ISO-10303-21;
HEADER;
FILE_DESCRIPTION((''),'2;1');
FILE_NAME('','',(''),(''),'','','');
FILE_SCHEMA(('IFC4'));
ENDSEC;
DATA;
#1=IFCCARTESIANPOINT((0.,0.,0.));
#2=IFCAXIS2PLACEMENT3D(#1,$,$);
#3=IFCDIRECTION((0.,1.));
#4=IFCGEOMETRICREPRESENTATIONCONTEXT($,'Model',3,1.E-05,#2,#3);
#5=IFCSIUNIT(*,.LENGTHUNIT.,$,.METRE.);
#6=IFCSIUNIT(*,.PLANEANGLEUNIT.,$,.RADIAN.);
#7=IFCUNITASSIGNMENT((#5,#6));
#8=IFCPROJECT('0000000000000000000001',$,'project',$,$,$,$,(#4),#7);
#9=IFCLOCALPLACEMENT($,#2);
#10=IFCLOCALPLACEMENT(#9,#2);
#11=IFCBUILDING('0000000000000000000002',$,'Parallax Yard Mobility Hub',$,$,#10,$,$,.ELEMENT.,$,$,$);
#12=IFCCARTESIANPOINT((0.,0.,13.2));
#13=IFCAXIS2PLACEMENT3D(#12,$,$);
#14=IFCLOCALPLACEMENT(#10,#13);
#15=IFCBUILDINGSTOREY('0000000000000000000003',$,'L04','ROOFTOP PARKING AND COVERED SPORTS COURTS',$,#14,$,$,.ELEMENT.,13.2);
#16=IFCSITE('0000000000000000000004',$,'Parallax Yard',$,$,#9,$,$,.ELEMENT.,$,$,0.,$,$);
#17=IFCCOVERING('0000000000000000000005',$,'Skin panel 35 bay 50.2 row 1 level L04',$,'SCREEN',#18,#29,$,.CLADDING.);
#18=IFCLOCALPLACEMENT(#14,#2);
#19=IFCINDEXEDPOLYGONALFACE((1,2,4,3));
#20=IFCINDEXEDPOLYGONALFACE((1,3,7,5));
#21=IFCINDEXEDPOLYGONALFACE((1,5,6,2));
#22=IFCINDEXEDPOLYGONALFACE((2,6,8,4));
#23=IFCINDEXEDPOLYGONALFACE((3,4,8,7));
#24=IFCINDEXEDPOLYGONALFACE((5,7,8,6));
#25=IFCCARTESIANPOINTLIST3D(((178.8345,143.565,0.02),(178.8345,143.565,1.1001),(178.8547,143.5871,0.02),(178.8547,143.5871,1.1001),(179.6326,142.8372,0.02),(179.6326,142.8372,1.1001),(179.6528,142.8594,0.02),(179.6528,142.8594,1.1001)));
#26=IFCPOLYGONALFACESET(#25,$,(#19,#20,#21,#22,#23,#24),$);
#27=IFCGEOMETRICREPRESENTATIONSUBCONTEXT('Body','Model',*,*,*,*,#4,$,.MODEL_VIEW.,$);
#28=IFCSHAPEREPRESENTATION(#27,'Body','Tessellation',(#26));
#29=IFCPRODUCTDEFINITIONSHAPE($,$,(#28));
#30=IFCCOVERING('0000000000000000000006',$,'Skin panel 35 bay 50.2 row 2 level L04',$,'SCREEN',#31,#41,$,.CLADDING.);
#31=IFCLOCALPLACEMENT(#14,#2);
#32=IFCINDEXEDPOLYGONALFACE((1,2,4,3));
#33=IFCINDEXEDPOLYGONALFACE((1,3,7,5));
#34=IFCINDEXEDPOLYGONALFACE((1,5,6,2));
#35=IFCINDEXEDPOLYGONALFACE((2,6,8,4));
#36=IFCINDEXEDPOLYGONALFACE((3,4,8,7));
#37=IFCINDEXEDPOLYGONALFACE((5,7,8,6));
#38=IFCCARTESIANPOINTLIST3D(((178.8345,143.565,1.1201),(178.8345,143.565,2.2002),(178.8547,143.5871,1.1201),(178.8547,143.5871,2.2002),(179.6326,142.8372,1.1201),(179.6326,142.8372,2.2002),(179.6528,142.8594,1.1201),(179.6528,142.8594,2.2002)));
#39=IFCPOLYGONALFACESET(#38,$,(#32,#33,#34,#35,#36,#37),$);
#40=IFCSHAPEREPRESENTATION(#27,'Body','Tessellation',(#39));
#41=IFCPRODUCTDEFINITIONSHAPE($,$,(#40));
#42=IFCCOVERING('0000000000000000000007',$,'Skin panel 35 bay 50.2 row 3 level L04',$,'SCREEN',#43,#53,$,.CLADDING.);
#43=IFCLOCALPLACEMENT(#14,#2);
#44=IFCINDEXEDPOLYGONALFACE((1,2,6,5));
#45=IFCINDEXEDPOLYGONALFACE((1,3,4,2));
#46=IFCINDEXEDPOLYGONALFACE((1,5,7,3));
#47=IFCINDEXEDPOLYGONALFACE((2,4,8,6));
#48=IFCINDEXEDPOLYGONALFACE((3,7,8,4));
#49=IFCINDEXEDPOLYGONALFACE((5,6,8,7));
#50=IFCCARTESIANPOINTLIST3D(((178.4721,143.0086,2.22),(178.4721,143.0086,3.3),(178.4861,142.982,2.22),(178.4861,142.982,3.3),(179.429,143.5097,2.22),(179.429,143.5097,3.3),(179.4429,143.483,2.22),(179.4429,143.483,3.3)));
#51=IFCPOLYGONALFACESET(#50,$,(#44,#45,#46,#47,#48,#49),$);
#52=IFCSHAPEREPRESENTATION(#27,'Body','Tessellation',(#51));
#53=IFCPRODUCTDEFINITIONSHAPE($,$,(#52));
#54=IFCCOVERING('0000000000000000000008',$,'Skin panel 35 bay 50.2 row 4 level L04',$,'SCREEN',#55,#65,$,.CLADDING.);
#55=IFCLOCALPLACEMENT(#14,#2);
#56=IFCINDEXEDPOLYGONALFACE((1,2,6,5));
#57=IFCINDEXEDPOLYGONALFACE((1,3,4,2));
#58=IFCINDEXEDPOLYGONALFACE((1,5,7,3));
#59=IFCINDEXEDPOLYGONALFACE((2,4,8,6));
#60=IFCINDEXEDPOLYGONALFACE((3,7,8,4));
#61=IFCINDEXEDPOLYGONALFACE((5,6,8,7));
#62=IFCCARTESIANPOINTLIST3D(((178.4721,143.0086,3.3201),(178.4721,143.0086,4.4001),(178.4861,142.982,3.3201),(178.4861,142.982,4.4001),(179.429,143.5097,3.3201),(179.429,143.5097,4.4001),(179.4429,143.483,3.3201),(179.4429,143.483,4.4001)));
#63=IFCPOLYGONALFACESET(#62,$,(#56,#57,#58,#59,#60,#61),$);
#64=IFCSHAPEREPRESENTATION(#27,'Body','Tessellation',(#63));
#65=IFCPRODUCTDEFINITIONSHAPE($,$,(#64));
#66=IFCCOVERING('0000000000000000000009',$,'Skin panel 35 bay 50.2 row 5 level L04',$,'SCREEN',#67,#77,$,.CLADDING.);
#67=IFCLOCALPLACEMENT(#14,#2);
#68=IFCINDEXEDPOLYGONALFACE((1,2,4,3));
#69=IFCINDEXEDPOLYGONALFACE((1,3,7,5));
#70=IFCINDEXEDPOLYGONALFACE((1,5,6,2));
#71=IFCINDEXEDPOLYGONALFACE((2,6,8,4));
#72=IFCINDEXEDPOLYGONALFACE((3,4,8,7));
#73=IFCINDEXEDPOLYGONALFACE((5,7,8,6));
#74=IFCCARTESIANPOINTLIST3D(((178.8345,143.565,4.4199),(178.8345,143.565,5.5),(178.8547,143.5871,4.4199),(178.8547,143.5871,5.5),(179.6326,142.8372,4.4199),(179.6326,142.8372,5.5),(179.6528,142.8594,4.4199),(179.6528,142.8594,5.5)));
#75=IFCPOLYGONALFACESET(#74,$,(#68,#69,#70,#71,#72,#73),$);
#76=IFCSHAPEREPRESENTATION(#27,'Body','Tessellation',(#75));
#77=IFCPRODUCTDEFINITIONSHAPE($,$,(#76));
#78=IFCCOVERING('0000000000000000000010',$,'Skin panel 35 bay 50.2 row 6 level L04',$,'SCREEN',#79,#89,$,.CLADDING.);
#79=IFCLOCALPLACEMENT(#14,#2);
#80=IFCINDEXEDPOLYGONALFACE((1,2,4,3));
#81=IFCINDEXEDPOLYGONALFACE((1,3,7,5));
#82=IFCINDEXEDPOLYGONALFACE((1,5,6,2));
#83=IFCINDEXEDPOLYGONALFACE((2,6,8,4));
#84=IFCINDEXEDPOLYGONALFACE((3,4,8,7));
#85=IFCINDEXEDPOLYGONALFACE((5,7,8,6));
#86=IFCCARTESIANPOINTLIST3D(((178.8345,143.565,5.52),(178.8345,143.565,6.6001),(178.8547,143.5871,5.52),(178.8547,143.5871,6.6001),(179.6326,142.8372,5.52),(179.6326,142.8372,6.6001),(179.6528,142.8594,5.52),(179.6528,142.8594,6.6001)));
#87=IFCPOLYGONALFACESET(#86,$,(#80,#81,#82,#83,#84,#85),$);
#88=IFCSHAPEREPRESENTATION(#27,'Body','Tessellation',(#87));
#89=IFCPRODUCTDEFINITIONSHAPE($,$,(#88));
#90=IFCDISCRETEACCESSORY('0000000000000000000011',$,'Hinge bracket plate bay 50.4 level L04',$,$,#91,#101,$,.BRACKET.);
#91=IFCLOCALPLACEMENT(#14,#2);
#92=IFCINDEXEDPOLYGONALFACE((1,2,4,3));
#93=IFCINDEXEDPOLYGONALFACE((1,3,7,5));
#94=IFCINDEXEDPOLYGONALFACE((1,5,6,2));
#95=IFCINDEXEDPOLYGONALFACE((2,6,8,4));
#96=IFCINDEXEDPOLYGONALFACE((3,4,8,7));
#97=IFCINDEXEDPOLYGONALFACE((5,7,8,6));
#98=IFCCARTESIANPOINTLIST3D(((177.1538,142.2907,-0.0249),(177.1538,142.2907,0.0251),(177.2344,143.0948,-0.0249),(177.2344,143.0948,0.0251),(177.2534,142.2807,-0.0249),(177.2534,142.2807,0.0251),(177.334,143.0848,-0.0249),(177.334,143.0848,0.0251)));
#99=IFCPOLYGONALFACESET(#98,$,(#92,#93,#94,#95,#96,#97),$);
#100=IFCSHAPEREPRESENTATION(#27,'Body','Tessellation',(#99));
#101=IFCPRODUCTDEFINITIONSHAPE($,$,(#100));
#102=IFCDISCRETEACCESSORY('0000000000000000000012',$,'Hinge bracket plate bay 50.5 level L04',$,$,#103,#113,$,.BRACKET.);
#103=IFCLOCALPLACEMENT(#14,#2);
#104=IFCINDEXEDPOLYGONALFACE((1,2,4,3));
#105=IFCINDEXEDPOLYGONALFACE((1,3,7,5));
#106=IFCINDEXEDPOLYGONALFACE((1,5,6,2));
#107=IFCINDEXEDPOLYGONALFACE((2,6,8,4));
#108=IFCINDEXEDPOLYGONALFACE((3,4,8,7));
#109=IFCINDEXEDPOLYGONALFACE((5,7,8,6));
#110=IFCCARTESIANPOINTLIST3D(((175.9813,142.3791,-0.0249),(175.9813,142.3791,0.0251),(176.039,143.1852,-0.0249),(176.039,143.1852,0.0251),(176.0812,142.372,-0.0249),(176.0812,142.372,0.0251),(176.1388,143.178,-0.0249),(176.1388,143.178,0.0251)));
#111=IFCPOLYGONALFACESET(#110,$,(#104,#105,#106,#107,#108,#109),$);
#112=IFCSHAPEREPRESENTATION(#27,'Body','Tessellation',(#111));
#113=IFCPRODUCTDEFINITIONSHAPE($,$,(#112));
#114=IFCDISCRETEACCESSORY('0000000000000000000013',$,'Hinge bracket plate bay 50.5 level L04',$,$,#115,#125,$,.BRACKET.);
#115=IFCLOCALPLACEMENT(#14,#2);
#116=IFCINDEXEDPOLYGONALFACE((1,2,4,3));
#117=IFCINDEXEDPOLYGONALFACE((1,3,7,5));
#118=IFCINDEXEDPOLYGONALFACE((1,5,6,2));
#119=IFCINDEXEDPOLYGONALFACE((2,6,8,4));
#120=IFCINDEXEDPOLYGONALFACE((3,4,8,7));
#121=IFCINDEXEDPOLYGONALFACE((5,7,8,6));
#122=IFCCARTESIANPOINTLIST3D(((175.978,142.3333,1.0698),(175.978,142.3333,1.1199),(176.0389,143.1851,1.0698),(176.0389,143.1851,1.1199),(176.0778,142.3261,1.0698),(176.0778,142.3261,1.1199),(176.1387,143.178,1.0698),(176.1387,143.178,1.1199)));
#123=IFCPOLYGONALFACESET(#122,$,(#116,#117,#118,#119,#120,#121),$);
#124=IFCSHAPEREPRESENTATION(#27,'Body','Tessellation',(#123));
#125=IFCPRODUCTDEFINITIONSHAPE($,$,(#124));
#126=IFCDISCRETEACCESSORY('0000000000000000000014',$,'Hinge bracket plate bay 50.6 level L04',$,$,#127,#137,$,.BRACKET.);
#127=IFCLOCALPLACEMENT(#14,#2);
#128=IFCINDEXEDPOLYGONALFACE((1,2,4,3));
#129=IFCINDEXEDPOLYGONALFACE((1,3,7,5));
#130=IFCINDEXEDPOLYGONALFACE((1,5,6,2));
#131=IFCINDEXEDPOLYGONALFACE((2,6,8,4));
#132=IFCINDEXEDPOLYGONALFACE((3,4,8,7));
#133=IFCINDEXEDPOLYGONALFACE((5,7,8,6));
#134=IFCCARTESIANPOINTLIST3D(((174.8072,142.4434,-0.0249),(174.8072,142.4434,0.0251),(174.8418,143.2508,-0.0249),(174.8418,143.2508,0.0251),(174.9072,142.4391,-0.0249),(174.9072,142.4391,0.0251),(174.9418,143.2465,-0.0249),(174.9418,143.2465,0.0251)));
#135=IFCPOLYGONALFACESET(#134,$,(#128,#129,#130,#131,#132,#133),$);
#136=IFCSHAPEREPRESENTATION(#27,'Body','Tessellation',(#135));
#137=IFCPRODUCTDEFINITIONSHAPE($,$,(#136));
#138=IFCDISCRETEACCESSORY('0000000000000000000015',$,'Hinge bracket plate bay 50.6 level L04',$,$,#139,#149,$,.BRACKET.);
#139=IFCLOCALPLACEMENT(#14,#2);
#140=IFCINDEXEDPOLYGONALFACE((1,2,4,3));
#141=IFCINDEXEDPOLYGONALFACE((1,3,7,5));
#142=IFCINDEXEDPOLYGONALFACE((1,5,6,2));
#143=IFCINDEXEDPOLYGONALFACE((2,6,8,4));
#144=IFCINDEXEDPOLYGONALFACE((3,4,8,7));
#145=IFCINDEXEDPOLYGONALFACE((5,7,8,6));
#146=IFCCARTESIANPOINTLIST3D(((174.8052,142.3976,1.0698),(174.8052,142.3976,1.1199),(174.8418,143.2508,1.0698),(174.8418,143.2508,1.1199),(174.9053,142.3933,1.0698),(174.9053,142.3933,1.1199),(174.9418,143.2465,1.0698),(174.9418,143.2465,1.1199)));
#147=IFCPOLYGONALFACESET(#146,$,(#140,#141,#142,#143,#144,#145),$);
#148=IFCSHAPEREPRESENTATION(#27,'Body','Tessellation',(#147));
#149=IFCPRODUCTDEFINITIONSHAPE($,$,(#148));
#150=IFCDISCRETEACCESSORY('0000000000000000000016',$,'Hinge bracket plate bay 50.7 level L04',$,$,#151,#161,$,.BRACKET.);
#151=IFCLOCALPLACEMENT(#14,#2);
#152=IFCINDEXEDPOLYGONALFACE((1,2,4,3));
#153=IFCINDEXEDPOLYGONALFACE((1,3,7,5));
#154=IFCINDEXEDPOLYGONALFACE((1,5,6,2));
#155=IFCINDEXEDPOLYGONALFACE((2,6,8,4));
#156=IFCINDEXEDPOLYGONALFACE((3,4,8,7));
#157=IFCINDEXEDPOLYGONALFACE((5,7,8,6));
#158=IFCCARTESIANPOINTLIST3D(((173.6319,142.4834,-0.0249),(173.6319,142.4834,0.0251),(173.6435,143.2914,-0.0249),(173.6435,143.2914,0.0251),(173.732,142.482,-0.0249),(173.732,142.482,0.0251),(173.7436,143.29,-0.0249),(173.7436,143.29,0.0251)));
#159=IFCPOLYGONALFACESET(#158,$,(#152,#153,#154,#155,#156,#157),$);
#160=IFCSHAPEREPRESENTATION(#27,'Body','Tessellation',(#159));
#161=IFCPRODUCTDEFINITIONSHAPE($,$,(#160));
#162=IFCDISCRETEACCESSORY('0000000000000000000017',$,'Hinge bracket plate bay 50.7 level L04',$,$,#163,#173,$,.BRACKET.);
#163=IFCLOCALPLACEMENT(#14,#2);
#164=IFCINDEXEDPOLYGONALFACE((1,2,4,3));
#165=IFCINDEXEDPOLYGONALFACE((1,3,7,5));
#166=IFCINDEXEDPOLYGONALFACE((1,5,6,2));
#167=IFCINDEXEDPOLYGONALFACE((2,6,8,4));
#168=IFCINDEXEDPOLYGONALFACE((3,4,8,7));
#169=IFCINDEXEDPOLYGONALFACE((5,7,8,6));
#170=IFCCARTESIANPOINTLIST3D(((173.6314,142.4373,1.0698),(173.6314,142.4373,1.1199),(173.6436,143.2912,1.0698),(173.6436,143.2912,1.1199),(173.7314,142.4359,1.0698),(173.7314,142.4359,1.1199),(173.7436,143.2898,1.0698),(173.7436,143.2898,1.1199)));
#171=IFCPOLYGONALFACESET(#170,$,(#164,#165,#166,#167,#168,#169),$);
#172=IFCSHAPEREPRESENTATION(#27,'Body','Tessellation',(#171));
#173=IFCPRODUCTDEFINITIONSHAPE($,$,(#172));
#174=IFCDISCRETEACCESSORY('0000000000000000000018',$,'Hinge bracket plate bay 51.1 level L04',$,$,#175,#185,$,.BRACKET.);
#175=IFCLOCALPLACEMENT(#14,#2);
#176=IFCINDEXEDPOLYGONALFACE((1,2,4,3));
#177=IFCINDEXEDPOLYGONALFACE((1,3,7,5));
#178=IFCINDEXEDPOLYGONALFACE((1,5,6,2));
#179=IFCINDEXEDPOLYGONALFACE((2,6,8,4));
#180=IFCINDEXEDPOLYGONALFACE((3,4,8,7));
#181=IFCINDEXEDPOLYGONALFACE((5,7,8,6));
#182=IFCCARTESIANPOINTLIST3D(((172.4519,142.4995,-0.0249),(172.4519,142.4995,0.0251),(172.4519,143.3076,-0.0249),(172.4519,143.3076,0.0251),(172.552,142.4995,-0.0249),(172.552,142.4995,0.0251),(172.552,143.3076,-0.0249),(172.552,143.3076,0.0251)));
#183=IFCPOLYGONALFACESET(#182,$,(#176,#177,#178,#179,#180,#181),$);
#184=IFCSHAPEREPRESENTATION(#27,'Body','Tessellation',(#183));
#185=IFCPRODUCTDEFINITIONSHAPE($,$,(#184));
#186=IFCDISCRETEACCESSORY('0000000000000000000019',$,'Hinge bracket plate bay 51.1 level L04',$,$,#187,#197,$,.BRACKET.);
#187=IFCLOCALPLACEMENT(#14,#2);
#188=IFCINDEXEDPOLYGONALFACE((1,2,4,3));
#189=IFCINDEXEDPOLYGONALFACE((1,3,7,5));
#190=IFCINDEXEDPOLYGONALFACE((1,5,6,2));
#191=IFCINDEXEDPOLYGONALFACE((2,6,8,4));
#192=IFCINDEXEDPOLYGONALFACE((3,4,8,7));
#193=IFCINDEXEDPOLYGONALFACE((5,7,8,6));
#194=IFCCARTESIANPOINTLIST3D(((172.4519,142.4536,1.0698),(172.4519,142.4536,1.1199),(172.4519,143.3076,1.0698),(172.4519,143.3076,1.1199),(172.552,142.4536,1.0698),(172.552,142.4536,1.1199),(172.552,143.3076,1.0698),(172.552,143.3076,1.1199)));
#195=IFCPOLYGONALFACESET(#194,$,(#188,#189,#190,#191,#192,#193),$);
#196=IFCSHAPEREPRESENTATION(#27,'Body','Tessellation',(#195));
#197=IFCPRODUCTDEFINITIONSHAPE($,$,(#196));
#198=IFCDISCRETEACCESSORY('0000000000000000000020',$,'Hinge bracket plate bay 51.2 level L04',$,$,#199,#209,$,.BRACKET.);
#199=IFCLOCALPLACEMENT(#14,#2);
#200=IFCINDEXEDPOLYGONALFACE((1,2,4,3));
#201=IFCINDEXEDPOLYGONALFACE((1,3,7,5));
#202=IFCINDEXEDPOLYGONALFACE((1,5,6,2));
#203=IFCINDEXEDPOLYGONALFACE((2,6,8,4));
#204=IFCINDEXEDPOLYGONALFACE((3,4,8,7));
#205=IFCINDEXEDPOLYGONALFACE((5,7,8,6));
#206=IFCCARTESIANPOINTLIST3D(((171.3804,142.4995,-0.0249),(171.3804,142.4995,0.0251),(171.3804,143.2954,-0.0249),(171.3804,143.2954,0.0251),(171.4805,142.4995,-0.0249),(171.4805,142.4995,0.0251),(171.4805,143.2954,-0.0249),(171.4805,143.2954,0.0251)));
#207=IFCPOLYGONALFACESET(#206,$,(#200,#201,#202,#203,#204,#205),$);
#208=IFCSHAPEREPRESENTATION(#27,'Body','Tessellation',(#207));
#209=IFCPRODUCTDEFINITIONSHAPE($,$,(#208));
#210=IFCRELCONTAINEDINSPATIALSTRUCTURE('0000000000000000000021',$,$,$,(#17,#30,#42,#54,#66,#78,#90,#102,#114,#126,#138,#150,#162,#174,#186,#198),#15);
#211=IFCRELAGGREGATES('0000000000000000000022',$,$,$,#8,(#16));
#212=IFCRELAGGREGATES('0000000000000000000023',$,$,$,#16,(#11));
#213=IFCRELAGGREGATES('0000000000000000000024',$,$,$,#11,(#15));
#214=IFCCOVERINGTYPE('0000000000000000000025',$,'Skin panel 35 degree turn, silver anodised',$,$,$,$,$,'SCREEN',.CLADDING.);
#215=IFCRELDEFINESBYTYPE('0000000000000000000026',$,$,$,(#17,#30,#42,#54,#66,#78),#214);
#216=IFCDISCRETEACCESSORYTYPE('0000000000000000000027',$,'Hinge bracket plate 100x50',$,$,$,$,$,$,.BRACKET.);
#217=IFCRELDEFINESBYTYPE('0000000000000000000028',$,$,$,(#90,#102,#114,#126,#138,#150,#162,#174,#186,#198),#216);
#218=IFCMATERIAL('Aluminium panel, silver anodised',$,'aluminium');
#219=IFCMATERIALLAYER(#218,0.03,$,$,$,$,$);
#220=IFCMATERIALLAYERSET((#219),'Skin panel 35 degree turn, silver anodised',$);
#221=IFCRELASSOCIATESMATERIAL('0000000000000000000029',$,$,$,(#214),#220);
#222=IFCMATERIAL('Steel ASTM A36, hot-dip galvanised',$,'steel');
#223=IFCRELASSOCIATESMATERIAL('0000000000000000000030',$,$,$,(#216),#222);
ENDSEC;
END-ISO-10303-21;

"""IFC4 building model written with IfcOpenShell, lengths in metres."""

from ifc_helpers import new_model, si_unit, direction, frame, origin, origin_2d, place, context, subcontext, project, spatial, rectangle, extrude, material, layer, layer_set, type_object, element, save


model = new_model("IFC4")

# Units and contexts
model_context = context("Model", 3, precision=1e-05, world=origin(), true_north=direction((0.0, 1.0)))
body_context = subcontext(model_context, "Body", "Model", "MODEL_VIEW")
ifc_project = project(units=[si_unit("LENGTHUNIT", "METRE"), si_unit("PLANEANGLEUNIT", "RADIAN")], contexts=[model_context])

# Site, building, storey
site_placement = place(None, origin())
site = spatial("IfcSite", under=ifc_project, at=site_placement, Name="Parallax Yard", CompositionType="ELEMENT", RefElevation=0.0)
building_placement = place(site_placement, origin())
building = spatial("IfcBuilding", under=site, at=building_placement, Name="Parallax Yard Mobility Hub", CompositionType="ELEMENT")
storey_placement = place(building_placement, frame((0.0, 0.0, 13.2)))
storey = spatial("IfcBuildingStorey", under=building, at=storey_placement, Name="L04", Description="ROOFTOP PARKING AND COVERED SPORTS COURTS", CompositionType="ELEMENT", Elevation=13.2)

# Coverings
ifc_material_1 = material(Name="Aluminium panel, silver anodised", Category="aluminium")
ifc_layer = layer(ifc_material_1, 0.03)
ifc_layer_set = layer_set([ifc_layer], Name="Skin panel 35 degree turn, silver anodised")
covering_type = type_object("IfcCoveringType", Name="Skin panel 35 degree turn, silver anodised", ElementType="SCREEN", PredefinedType="CLADDING", material=ifc_layer_set)
for number, where, z_axis, x_axis, name in (
    (1, (179.2437, 143.2122, 0.02), (0.0, 0.0, 1.0), (-0.738884, 0.673833, 0.0), "Skin panel 35 bay 50.2 row 1 level L04"),
    (2, (179.2437, 143.2122, 1.1201), (0.0, 0.0, 1.0), (-0.738884, 0.673833, 0.0), "Skin panel 35 bay 50.2 row 2 level L04"),
    (3, (178.9575, 143.2458, 2.22), (0.0, 0.0, 1.0), (0.885909, 0.463859, 0.0), "Skin panel 35 bay 50.2 row 3 level L04"),
    (4, (178.9575, 143.2458, 3.3201), (0.0, 0.0, 1.0), (0.885909, 0.463859, 0.0), "Skin panel 35 bay 50.2 row 4 level L04"),
    (5, (179.2437, 143.2122, 4.4199), (0.0, 0.0, 1.0), (-0.738884, 0.673833, 0.0), "Skin panel 35 bay 50.2 row 5 level L04"),
    (6, (179.2437, 143.2122, 5.52), (0.0, 0.0, 1.0), (-0.738884, 0.673833, 0.0), "Skin panel 35 bay 50.2 row 6 level L04"),
):
    element("IfcCovering", number, at=place(storey_placement, frame(where, z_axis=z_axis, x_axis=x_axis)), inside=storey, type_object=covering_type, Name=name, ObjectType="SCREEN", PredefinedType="CLADDING", context=body_context, shape_type="SweptSolid", body=[
        extrude(rectangle(XDim=1.0801, YDim=0.03, at=origin_2d()), origin(), (0.0, 0.0, 1.0), 1.0801),
    ])

# Discrete accessories
ifc_material_2 = material(Name="Steel ASTM A36, hot-dip galvanised", Category="steel")
discrete_accessory_type_1 = type_object("IfcDiscreteAccessoryType", Name="Hinge bracket plate 100x50", PredefinedType="BRACKET", material=ifc_material_2)
for number, where, z_axis, x_axis, name in (
    (7, (177.2439, 142.6877, -0.0249), (0.0, 0.0, 1.0), (0.099794, 0.995008, 0.0), "Hinge bracket plate bay 50.4 level L04"),
    (8, (176.0601, 142.7786, -0.0249), (0.0, 0.0, 1.0), (0.071339, 0.997452, 0.0), "Hinge bracket plate bay 50.5 level L04"),
):
    element("IfcDiscreteAccessory", number, at=place(storey_placement, frame(where, z_axis=z_axis, x_axis=x_axis)), inside=storey, type_object=discrete_accessory_type_1, Name=name, PredefinedType="BRACKET", context=body_context, shape_type="SweptSolid", body=[
        extrude(rectangle(XDim=0.8081, YDim=0.1001, at=origin_2d()), origin(), (0.0, 0.0, 1.0), 0.05),
    ])
discrete_accessory_1_placement = place(storey_placement, frame((176.0583, 142.7556, 1.0698), z_axis=(0.0, 0.0, 1.0), x_axis=(0.071339, 0.997452, 0.0)))
element("IfcDiscreteAccessory", 9, at=discrete_accessory_1_placement, inside=storey, type_object=discrete_accessory_type_1, Name="Hinge bracket plate bay 50.5 level L04", PredefinedType="BRACKET", context=body_context, shape_type="SweptSolid", body=[
    extrude(rectangle(XDim=0.854, YDim=0.1001, at=origin_2d()), origin(), (0.0, 0.0, 1.0), 0.05),
])
discrete_accessory_2_placement = place(storey_placement, frame((174.8745, 142.845, -0.0249), z_axis=(0.0, 0.0, 1.0), x_axis=(0.042826, 0.999083, 0.0)))
element("IfcDiscreteAccessory", 10, at=discrete_accessory_2_placement, inside=storey, type_object=discrete_accessory_type_1, Name="Hinge bracket plate bay 50.6 level L04", PredefinedType="BRACKET", context=body_context, shape_type="SweptSolid", body=[
    extrude(rectangle(XDim=0.8081, YDim=0.1001, at=origin_2d()), origin(), (0.0, 0.0, 1.0), 0.05),
])
discrete_accessory_3_placement = place(storey_placement, frame((174.8735, 142.822, 1.0698), z_axis=(0.0, 0.0, 1.0), x_axis=(0.042826, 0.999083, 0.0)))
element("IfcDiscreteAccessory", 11, at=discrete_accessory_3_placement, inside=storey, type_object=discrete_accessory_type_1, Name="Hinge bracket plate bay 50.6 level L04", PredefinedType="BRACKET", context=body_context, shape_type="SweptSolid", body=[
    extrude(rectangle(XDim=0.854, YDim=0.1001, at=origin_2d()), origin(), (0.0, 0.0, 1.0), 0.05),
])
discrete_accessory_4_placement = place(storey_placement, frame((173.6877, 142.8867, -0.0249), z_axis=(0.0, 0.0, 1.0), x_axis=(0.01428, 0.999898, 0.0)))
element("IfcDiscreteAccessory", 12, at=discrete_accessory_4_placement, inside=storey, type_object=discrete_accessory_type_1, Name="Hinge bracket plate bay 50.7 level L04", PredefinedType="BRACKET", context=body_context, shape_type="SweptSolid", body=[
    extrude(rectangle(XDim=0.8081, YDim=0.1001, at=origin_2d()), origin(), (0.0, 0.0, 1.0), 0.05),
])
discrete_accessory_5_placement = place(storey_placement, frame((173.6875, 142.8635, 1.0698), z_axis=(0.0, 0.0, 1.0), x_axis=(0.01428, 0.999898, 0.0)))
element("IfcDiscreteAccessory", 13, at=discrete_accessory_5_placement, inside=storey, type_object=discrete_accessory_type_1, Name="Hinge bracket plate bay 50.7 level L04", PredefinedType="BRACKET", context=body_context, shape_type="SweptSolid", body=[
    extrude(rectangle(XDim=0.854, YDim=0.1001, at=origin_2d()), origin(), (0.0, 0.0, 1.0), 0.05),
])
discrete_accessory_6_placement = place(storey_placement, frame((172.502, 142.9036, -0.0249), z_axis=(0.0, 0.0, 1.0), x_axis=(0.0, 1.0, 0.0)))
element("IfcDiscreteAccessory", 14, at=discrete_accessory_6_placement, inside=storey, type_object=discrete_accessory_type_1, Name="Hinge bracket plate bay 51.1 level L04", PredefinedType="BRACKET", context=body_context, shape_type="SweptSolid", body=[
    extrude(rectangle(XDim=0.8081, YDim=0.1001, at=origin_2d()), origin(), (0.0, 0.0, 1.0), 0.05),
])
discrete_accessory_7_placement = place(storey_placement, frame((172.502, 142.8806, 1.0698), z_axis=(0.0, 0.0, 1.0), x_axis=(0.0, 1.0, 0.0)))
element("IfcDiscreteAccessory", 15, at=discrete_accessory_7_placement, inside=storey, type_object=discrete_accessory_type_1, Name="Hinge bracket plate bay 51.1 level L04", PredefinedType="BRACKET", context=body_context, shape_type="SweptSolid", body=[
    extrude(rectangle(XDim=0.854, YDim=0.1001, at=origin_2d()), origin(), (0.0, 0.0, 1.0), 0.05),
])
discrete_accessory_8_placement = place(storey_placement, frame((171.4304, 142.8975, -0.0249), z_axis=(0.0, 0.0, 1.0), x_axis=(0.0, 1.0, 0.0)))
element("IfcDiscreteAccessory", 16, at=discrete_accessory_8_placement, inside=storey, type_object=discrete_accessory_type_1, Name="Hinge bracket plate bay 51.2 level L04", PredefinedType="BRACKET", context=body_context, shape_type="SweptSolid", body=[
    extrude(rectangle(XDim=0.7959, YDim=0.1001, at=origin_2d()), origin(), (0.0, 0.0, 1.0), 0.05),
])

save(model, "model.ifc")
